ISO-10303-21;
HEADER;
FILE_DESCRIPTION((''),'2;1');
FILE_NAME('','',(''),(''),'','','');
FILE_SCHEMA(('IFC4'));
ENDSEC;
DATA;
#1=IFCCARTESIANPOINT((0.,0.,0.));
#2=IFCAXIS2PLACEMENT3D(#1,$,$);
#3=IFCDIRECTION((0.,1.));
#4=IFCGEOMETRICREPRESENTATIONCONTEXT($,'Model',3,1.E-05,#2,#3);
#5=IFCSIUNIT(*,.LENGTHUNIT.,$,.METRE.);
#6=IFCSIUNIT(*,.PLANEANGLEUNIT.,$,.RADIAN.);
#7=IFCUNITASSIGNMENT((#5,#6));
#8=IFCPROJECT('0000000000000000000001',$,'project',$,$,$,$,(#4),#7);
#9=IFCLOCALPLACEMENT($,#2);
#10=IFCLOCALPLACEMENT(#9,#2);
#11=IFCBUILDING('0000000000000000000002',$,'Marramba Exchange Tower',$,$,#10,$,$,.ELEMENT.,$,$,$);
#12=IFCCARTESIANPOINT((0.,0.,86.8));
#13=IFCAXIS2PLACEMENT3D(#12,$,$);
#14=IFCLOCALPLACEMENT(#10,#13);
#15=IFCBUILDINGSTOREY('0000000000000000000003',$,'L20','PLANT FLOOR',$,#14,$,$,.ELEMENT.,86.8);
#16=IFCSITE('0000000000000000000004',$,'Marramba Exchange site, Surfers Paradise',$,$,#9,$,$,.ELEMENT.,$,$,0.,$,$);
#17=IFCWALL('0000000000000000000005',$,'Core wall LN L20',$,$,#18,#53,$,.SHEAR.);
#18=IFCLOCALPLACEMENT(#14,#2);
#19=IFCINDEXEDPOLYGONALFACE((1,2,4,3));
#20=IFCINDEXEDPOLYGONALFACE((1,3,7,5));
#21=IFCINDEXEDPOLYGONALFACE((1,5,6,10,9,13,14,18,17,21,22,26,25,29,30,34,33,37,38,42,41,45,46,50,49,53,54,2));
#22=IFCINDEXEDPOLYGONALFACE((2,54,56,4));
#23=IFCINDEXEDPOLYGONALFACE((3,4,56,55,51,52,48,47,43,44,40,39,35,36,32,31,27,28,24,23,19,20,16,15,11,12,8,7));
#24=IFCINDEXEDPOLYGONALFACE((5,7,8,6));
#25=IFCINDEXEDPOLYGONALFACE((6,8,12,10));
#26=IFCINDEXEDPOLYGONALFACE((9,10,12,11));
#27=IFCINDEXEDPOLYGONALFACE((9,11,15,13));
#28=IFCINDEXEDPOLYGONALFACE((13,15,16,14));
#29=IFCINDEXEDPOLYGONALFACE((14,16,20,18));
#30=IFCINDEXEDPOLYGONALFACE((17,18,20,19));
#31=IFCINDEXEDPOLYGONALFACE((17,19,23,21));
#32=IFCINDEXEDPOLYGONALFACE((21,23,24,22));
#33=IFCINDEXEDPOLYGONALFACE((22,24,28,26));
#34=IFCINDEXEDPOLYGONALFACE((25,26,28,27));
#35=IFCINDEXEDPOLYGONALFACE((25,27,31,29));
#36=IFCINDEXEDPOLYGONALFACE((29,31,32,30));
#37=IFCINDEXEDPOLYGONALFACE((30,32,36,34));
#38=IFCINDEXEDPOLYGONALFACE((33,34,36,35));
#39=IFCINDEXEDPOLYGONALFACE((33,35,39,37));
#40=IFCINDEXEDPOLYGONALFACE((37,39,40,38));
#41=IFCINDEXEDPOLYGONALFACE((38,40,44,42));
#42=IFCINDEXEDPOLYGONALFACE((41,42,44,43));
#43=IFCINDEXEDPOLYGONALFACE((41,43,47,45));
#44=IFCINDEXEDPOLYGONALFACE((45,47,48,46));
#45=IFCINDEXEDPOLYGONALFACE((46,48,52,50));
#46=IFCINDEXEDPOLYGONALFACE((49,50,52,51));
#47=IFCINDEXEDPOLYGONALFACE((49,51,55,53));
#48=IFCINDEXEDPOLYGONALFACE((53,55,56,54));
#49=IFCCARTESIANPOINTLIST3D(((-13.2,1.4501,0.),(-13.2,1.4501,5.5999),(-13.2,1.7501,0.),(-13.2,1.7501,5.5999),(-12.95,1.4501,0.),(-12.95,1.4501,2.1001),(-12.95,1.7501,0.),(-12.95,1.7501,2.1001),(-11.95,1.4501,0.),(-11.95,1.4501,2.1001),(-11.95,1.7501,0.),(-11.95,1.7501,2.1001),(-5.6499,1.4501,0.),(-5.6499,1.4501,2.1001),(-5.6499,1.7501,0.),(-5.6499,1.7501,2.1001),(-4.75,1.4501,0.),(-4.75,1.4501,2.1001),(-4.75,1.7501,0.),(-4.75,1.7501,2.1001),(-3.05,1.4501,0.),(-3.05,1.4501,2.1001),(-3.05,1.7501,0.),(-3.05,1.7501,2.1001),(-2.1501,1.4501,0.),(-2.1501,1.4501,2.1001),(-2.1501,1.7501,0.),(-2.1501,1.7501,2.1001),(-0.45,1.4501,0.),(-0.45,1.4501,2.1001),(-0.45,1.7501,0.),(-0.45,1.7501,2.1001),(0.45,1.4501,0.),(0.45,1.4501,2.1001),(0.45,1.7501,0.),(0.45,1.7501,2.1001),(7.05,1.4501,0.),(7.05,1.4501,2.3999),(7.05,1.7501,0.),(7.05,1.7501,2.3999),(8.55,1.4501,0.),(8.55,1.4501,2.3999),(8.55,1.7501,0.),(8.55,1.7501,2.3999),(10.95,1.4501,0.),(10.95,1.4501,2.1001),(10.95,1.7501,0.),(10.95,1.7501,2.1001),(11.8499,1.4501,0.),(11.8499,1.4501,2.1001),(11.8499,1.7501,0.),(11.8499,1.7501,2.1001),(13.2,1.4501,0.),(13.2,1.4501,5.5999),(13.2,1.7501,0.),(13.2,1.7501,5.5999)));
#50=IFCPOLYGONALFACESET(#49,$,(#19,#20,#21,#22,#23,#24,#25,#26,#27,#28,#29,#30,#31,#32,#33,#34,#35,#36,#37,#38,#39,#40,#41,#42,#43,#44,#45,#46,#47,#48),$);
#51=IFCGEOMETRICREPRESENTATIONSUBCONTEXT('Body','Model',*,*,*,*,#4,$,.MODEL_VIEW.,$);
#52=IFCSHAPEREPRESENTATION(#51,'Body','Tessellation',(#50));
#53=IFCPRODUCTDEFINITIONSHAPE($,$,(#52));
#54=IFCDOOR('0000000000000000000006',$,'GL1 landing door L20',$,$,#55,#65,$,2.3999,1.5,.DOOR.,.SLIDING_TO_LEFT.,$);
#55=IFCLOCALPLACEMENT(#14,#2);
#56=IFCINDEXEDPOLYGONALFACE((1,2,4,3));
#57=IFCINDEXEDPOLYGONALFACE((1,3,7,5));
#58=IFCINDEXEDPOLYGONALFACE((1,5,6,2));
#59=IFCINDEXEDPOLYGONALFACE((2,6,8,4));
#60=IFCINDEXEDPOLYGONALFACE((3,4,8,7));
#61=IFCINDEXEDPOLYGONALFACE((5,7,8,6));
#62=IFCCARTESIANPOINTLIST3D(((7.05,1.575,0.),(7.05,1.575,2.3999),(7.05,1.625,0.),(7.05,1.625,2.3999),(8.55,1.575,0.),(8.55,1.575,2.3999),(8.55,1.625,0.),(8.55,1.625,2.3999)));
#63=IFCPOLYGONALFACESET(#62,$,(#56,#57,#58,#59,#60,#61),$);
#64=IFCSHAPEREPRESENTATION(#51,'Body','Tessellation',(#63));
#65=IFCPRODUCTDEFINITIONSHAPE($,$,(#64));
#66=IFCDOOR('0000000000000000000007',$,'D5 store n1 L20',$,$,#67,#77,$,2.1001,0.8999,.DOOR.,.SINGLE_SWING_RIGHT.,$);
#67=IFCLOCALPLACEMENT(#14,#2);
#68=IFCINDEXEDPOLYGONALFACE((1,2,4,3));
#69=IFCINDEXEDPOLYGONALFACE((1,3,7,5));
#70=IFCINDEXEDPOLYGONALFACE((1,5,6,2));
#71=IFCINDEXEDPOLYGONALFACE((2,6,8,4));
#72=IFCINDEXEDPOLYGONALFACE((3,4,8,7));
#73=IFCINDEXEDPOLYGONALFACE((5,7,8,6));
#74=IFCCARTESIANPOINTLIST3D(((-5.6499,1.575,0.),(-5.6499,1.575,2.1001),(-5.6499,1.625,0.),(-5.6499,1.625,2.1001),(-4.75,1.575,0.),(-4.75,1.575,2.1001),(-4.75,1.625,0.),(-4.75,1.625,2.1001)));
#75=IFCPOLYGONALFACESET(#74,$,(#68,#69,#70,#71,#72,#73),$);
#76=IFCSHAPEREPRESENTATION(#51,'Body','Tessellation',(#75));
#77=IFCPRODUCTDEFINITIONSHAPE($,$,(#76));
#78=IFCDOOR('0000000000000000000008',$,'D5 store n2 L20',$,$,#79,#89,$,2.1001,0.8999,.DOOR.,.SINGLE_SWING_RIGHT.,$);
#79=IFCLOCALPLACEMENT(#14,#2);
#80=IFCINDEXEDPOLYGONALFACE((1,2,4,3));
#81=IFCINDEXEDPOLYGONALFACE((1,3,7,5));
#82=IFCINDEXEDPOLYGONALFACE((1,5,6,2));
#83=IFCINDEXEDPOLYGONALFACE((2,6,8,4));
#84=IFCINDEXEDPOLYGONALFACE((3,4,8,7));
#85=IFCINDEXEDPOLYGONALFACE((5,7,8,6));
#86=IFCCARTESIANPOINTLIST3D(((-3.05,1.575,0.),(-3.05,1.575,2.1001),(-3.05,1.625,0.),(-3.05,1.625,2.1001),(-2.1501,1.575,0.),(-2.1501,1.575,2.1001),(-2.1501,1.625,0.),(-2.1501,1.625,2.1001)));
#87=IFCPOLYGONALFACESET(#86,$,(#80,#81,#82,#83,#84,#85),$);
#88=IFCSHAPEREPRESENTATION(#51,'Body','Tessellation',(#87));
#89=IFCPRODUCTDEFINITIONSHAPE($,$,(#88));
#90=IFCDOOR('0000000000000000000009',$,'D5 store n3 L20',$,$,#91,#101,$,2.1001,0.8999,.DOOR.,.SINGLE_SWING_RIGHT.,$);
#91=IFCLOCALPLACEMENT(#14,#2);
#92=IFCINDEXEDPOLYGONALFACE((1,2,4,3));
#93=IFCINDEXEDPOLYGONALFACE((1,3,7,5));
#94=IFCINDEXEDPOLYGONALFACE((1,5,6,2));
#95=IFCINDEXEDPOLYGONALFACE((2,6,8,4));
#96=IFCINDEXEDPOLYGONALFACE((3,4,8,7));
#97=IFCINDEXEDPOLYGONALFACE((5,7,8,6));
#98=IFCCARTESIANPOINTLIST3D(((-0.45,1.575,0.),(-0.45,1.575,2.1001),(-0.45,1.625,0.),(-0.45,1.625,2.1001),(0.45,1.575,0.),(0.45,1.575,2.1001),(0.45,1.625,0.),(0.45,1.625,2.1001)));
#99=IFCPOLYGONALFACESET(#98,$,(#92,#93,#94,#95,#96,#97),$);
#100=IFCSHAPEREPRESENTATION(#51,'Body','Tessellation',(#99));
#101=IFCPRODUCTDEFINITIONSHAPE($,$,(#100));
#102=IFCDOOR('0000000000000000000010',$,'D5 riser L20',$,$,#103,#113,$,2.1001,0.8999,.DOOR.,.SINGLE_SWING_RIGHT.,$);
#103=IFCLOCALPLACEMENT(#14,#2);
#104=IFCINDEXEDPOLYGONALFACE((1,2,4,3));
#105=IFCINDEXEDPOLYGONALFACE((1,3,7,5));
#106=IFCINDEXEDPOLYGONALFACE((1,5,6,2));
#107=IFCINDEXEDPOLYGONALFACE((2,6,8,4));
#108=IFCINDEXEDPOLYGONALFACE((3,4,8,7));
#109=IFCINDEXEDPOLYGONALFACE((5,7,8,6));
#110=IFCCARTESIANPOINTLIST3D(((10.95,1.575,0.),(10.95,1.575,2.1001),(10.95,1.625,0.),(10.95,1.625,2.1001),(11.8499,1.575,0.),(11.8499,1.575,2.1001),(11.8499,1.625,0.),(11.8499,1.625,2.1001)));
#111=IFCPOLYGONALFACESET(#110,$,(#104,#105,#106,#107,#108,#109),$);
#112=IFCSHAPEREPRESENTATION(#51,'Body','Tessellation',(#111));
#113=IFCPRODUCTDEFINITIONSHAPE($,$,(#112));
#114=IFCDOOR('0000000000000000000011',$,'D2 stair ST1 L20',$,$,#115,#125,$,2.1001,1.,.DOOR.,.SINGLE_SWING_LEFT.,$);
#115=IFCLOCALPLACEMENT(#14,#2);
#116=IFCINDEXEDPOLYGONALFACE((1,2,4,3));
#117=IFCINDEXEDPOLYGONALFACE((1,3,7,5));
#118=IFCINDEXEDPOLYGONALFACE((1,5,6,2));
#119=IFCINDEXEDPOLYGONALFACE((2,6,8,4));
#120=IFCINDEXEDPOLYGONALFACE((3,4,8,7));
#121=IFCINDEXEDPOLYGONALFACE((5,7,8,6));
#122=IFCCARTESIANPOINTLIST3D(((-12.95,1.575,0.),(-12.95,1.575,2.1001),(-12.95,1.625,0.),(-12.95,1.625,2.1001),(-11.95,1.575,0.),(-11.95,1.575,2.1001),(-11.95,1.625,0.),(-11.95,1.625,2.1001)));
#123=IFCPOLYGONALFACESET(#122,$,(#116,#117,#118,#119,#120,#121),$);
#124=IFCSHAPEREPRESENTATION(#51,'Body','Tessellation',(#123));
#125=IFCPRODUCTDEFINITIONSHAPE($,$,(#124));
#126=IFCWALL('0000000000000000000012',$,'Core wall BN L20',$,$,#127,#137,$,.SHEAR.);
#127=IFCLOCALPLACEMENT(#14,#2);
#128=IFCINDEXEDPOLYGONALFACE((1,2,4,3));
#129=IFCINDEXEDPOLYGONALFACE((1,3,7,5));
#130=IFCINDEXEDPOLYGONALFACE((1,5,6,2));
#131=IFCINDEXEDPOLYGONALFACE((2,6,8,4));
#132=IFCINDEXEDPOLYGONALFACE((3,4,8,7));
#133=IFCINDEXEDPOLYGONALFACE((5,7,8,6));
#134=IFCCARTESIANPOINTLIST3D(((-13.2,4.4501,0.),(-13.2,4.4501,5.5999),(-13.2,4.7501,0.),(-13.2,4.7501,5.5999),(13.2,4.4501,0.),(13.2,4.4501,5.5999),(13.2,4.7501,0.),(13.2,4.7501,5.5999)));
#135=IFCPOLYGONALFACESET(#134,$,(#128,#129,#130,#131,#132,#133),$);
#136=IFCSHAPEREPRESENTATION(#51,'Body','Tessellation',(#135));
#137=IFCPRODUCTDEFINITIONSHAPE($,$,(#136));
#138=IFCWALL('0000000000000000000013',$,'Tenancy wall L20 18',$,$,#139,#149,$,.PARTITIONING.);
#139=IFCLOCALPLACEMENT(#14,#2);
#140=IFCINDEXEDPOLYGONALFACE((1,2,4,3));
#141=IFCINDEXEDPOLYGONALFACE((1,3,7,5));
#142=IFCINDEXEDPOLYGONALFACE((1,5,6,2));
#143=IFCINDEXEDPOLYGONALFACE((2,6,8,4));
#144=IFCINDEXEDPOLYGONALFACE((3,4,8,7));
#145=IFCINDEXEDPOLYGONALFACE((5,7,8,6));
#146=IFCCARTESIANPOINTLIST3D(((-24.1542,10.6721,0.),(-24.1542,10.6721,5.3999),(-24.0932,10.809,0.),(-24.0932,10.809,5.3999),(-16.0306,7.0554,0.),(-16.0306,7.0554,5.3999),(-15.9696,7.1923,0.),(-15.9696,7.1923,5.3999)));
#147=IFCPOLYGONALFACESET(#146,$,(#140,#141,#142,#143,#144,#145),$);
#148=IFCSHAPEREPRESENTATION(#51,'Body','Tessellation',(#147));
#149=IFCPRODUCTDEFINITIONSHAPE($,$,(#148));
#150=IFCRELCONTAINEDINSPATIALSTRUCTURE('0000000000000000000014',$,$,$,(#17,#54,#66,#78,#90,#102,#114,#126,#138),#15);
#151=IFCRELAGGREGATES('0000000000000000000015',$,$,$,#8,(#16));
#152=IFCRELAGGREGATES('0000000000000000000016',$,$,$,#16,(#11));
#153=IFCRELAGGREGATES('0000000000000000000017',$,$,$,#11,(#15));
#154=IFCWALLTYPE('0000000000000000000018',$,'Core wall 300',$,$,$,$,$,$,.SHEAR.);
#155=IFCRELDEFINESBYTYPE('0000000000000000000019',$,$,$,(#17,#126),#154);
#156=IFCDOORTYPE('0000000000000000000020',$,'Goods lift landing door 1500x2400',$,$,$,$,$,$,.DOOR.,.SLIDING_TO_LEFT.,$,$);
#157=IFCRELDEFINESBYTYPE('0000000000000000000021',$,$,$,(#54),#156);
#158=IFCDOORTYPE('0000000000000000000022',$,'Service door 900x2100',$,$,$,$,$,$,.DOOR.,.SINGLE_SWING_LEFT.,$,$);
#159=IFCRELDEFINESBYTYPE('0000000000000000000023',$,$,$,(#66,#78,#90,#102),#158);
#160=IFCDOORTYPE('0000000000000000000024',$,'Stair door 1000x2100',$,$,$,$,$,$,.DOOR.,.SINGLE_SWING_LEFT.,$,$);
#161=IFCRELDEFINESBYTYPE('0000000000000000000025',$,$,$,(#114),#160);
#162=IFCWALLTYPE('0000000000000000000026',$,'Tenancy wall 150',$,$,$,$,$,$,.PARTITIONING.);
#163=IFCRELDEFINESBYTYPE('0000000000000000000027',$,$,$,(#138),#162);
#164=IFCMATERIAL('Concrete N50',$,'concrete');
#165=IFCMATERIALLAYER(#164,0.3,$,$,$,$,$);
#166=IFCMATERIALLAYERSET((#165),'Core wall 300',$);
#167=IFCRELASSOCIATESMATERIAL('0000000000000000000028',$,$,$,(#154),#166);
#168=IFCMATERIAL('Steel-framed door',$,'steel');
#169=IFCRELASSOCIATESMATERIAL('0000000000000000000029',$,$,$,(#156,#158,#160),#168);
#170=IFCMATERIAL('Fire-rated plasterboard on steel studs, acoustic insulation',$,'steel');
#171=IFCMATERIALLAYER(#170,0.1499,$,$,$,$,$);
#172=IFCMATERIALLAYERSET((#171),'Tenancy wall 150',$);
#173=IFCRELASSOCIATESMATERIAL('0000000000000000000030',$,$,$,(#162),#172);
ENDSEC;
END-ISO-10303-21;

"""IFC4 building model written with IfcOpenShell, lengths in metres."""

from ifc_helpers import new_model, si_unit, direction, frame, frame_2d, origin, place, context, subcontext, project, spatial, rectangle, extrude, material, layer, layer_set, type_object, element, fill, save


model = new_model("IFC4")

# Units and contexts
model_context = context("Model", 3, precision=1e-05, world=origin(), true_north=direction((0.0, 1.0)))
body_context = subcontext(model_context, "Body", "Model", "MODEL_VIEW")
ifc_project = project(units=[si_unit("LENGTHUNIT", "METRE"), si_unit("PLANEANGLEUNIT", "RADIAN")], contexts=[model_context])

# Site, building, storey
site_placement = place(None, origin())
site = spatial("IfcSite", under=ifc_project, at=site_placement, Name="Marramba Exchange site, Surfers Paradise", CompositionType="ELEMENT", RefElevation=0.0)
building_placement = place(site_placement, origin())
building = spatial("IfcBuilding", under=site, at=building_placement, Name="Marramba Exchange Tower", CompositionType="ELEMENT")
storey_placement = place(building_placement, frame((0.0, 0.0, 86.8)))
storey = spatial("IfcBuildingStorey", under=building, at=storey_placement, Name="L20", Description="PLANT FLOOR", CompositionType="ELEMENT", Elevation=86.8)

# Shared definitions
ifc_material_1 = material(Name="Concrete N50", Category="concrete")

# Shared definitions
ifc_material_2 = material(Name="Steel-framed door", Category="steel")

# Wall, openings, doors
ifc_layer_1 = layer(ifc_material_1, 0.3)
ifc_layer_set_1 = layer_set([ifc_layer_1], Name="Core wall 300")
wall_type_1 = type_object("IfcWallType", Name="Core wall 300", PredefinedType="SHEAR", material=ifc_layer_set_1)
wall_1_placement = place(storey_placement, frame((-13.2, 1.6001, 0.0), z_axis=(0.0, 0.0, 1.0), x_axis=(1.0, 0.0, 0.0)))
wall_1 = element("IfcWall", 1, at=wall_1_placement, inside=storey, type_object=wall_type_1, Name="Core wall LN L20", PredefinedType="SHEAR", context=body_context, shape_type="SweptSolid", body=[
    extrude(rectangle(XDim=26.3999, YDim=0.3, at=frame_2d((13.2, 0.0))), origin(), (0.0, 0.0, 1.0), 5.5999),
])
opening_1_placement = place(wall_1_placement, frame((0.25, 0.0, 0.0)))
opening_1 = element("IfcOpeningElement", 2, at=opening_1_placement, cuts=wall_1, PredefinedType="OPENING", context=body_context, shape_type="SweptSolid", body=[
    extrude(rectangle(XDim=1.0, YDim=2.1001, at=frame_2d((0.5, 1.05))), frame((0.0, 0.1599, 0.0), z_axis=(0.0, -1.0, 0.0), x_axis=(1.0, 0.0, 0.0)), (0.0, 0.0, 1.0), 0.3201),
])
opening_2_placement = place(wall_1_placement, frame((20.25, 0.0, 0.0)))
opening_2 = element("IfcOpeningElement", 3, at=opening_2_placement, cuts=wall_1, PredefinedType="OPENING", context=body_context, shape_type="SweptSolid", body=[
    extrude(rectangle(XDim=1.5, YDim=2.3999, at=frame_2d((0.75, 1.2))), frame((0.0, 0.1599, 0.0), z_axis=(0.0, -1.0, 0.0), x_axis=(1.0, 0.0, 0.0)), (0.0, 0.0, 1.0), 0.3201),
])
opening_3_placement = place(wall_1_placement, frame((7.55, 0.0, 0.0)))
opening_3 = element("IfcOpeningElement", 4, at=opening_3_placement, cuts=wall_1, PredefinedType="OPENING", context=body_context, shape_type="SweptSolid", body=[
    extrude(rectangle(XDim=0.8999, YDim=2.1001, at=frame_2d((0.45, 1.05))), frame((0.0, 0.1599, 0.0), z_axis=(0.0, -1.0, 0.0), x_axis=(1.0, 0.0, 0.0)), (0.0, 0.0, 1.0), 0.3201),
])
opening_4_placement = place(wall_1_placement, frame((10.1499, 0.0, 0.0)))
opening_4 = element("IfcOpeningElement", 5, at=opening_4_placement, cuts=wall_1, PredefinedType="OPENING", context=body_context, shape_type="SweptSolid", body=[
    extrude(rectangle(XDim=0.8999, YDim=2.1001, at=frame_2d((0.45, 1.05))), frame((0.0, 0.1599, 0.0), z_axis=(0.0, -1.0, 0.0), x_axis=(1.0, 0.0, 0.0)), (0.0, 0.0, 1.0), 0.3201),
])
opening_5_placement = place(wall_1_placement, frame((12.75, 0.0, 0.0)))
opening_5 = element("IfcOpeningElement", 6, at=opening_5_placement, cuts=wall_1, PredefinedType="OPENING", context=body_context, shape_type="SweptSolid", body=[
    extrude(rectangle(XDim=0.8999, YDim=2.1001, at=frame_2d((0.45, 1.05))), frame((0.0, 0.1599, 0.0), z_axis=(0.0, -1.0, 0.0), x_axis=(1.0, 0.0, 0.0)), (0.0, 0.0, 1.0), 0.3201),
])
opening_6_placement = place(wall_1_placement, frame((24.1499, 0.0, 0.0)))
opening_6 = element("IfcOpeningElement", 7, at=opening_6_placement, cuts=wall_1, PredefinedType="OPENING", context=body_context, shape_type="SweptSolid", body=[
    extrude(rectangle(XDim=0.8999, YDim=2.1001, at=frame_2d((0.45, 1.05))), frame((0.0, 0.1599, 0.0), z_axis=(0.0, -1.0, 0.0), x_axis=(1.0, 0.0, 0.0)), (0.0, 0.0, 1.0), 0.3201),
])
door_type_1 = type_object("IfcDoorType", Name="Goods lift landing door 1500x2400", OperationType="SLIDING_TO_LEFT", PredefinedType="DOOR", material=ifc_material_2)
door_1_placement = place(opening_2_placement, origin())
door_1 = element("IfcDoor", 8, at=door_1_placement, inside=storey, type_object=door_type_1, Name="GL1 landing door L20", OperationType="SLIDING_TO_LEFT", OverallHeight=2.3999, OverallWidth=1.5, PredefinedType="DOOR", context=body_context, shape_type="SweptSolid", body=[
    extrude(rectangle(XDim=1.5, YDim=2.3999, at=frame_2d((0.75, 1.2))), frame((0.0, 0.0249, 0.0), z_axis=(0.0, -1.0, 0.0), x_axis=(1.0, 0.0, 0.0)), (0.0, 0.0, 1.0), 0.05),
])
fill(opening_2, door_1)
door_type_2 = type_object("IfcDoorType", Name="Service door 900x2100", OperationType="SINGLE_SWING_LEFT", PredefinedType="DOOR", material=ifc_material_2)
door_2_placement = place(opening_3_placement, origin())
door_2 = element("IfcDoor", 9, at=door_2_placement, inside=storey, type_object=door_type_2, Name="D5 store n1 L20", OperationType="SINGLE_SWING_RIGHT", OverallHeight=2.1001, OverallWidth=0.8999, PredefinedType="DOOR", context=body_context, shape_type="SweptSolid", body=[
    extrude(rectangle(XDim=0.8999, YDim=2.1001, at=frame_2d((0.45, 1.05))), frame((0.0, 0.0249, 0.0), z_axis=(0.0, -1.0, 0.0), x_axis=(1.0, 0.0, 0.0)), (0.0, 0.0, 1.0), 0.05),
])
fill(opening_3, door_2)
door_3_placement = place(opening_4_placement, origin())
door_3 = element("IfcDoor", 10, at=door_3_placement, inside=storey, type_object=door_type_2, Name="D5 store n2 L20", OperationType="SINGLE_SWING_RIGHT", OverallHeight=2.1001, OverallWidth=0.8999, PredefinedType="DOOR", context=body_context, shape_type="SweptSolid", body=[
    extrude(rectangle(XDim=0.8999, YDim=2.1001, at=frame_2d((0.45, 1.05))), frame((0.0, 0.0249, 0.0), z_axis=(0.0, -1.0, 0.0), x_axis=(1.0, 0.0, 0.0)), (0.0, 0.0, 1.0), 0.05),
])
fill(opening_4, door_3)
door_4_placement = place(opening_5_placement, origin())
door_4 = element("IfcDoor", 11, at=door_4_placement, inside=storey, type_object=door_type_2, Name="D5 store n3 L20", OperationType="SINGLE_SWING_RIGHT", OverallHeight=2.1001, OverallWidth=0.8999, PredefinedType="DOOR", context=body_context, shape_type="SweptSolid", body=[
    extrude(rectangle(XDim=0.8999, YDim=2.1001, at=frame_2d((0.45, 1.05))), frame((0.0, 0.0249, 0.0), z_axis=(0.0, -1.0, 0.0), x_axis=(1.0, 0.0, 0.0)), (0.0, 0.0, 1.0), 0.05),
])
fill(opening_5, door_4)
door_5_placement = place(opening_6_placement, origin())
door_5 = element("IfcDoor", 12, at=door_5_placement, inside=storey, type_object=door_type_2, Name="D5 riser L20", OperationType="SINGLE_SWING_RIGHT", OverallHeight=2.1001, OverallWidth=0.8999, PredefinedType="DOOR", context=body_context, shape_type="SweptSolid", body=[
    extrude(rectangle(XDim=0.8999, YDim=2.1001, at=frame_2d((0.45, 1.05))), frame((0.0, 0.0249, 0.0), z_axis=(0.0, -1.0, 0.0), x_axis=(1.0, 0.0, 0.0)), (0.0, 0.0, 1.0), 0.05),
])
fill(opening_6, door_5)
door_type_3 = type_object("IfcDoorType", Name="Stair door 1000x2100", OperationType="SINGLE_SWING_LEFT", PredefinedType="DOOR", material=ifc_material_2)
door_6_placement = place(opening_1_placement, origin())
door_6 = element("IfcDoor", 13, at=door_6_placement, inside=storey, type_object=door_type_3, Name="D2 stair ST1 L20", OperationType="SINGLE_SWING_LEFT", OverallHeight=2.1001, OverallWidth=1.0, PredefinedType="DOOR", context=body_context, shape_type="SweptSolid", body=[
    extrude(rectangle(XDim=1.0, YDim=2.1001, at=frame_2d((0.5, 1.05))), frame((0.0, 0.0249, 0.0), z_axis=(0.0, -1.0, 0.0), x_axis=(1.0, 0.0, 0.0)), (0.0, 0.0, 1.0), 0.05),
])
fill(opening_1, door_6)

# Walls
wall_2_placement = place(storey_placement, frame((-13.2, 4.6001, 0.0), z_axis=(0.0, 0.0, 1.0), x_axis=(1.0, 0.0, 0.0)))
element("IfcWall", 14, at=wall_2_placement, inside=storey, type_object=wall_type_1, Name="Core wall BN L20", PredefinedType="SHEAR", context=body_context, shape_type="SweptSolid", body=[
    extrude(rectangle(XDim=26.3999, YDim=0.3, at=frame_2d((13.2, 0.0))), origin(), (0.0, 0.0, 1.0), 5.5999),
])
ifc_material_3 = material(Name="Fire-rated plasterboard on steel studs, acoustic insulation", Category="steel")
ifc_layer_2 = layer(ifc_material_3, 0.1499)
ifc_layer_set_2 = layer_set([ifc_layer_2], Name="Tenancy wall 150")
wall_type_2 = type_object("IfcWallType", Name="Tenancy wall 150", PredefinedType="PARTITIONING", material=ifc_layer_set_2)
wall_3_placement = place(storey_placement, frame((-16.0, 7.1238, 0.0), z_axis=(0.0, 0.0, 1.0), x_axis=(-0.913551, 0.406724, 0.0)))
element("IfcWall", 15, at=wall_3_placement, inside=storey, type_object=wall_type_2, Name="Tenancy wall L20 18", PredefinedType="PARTITIONING", context=body_context, shape_type="SweptSolid", body=[
    extrude(rectangle(XDim=8.8923, YDim=0.1499, at=frame_2d((4.4463, 0.0))), origin(), (0.0, 0.0, 1.0), 5.3999),
])

save(model, "model.ifc")
